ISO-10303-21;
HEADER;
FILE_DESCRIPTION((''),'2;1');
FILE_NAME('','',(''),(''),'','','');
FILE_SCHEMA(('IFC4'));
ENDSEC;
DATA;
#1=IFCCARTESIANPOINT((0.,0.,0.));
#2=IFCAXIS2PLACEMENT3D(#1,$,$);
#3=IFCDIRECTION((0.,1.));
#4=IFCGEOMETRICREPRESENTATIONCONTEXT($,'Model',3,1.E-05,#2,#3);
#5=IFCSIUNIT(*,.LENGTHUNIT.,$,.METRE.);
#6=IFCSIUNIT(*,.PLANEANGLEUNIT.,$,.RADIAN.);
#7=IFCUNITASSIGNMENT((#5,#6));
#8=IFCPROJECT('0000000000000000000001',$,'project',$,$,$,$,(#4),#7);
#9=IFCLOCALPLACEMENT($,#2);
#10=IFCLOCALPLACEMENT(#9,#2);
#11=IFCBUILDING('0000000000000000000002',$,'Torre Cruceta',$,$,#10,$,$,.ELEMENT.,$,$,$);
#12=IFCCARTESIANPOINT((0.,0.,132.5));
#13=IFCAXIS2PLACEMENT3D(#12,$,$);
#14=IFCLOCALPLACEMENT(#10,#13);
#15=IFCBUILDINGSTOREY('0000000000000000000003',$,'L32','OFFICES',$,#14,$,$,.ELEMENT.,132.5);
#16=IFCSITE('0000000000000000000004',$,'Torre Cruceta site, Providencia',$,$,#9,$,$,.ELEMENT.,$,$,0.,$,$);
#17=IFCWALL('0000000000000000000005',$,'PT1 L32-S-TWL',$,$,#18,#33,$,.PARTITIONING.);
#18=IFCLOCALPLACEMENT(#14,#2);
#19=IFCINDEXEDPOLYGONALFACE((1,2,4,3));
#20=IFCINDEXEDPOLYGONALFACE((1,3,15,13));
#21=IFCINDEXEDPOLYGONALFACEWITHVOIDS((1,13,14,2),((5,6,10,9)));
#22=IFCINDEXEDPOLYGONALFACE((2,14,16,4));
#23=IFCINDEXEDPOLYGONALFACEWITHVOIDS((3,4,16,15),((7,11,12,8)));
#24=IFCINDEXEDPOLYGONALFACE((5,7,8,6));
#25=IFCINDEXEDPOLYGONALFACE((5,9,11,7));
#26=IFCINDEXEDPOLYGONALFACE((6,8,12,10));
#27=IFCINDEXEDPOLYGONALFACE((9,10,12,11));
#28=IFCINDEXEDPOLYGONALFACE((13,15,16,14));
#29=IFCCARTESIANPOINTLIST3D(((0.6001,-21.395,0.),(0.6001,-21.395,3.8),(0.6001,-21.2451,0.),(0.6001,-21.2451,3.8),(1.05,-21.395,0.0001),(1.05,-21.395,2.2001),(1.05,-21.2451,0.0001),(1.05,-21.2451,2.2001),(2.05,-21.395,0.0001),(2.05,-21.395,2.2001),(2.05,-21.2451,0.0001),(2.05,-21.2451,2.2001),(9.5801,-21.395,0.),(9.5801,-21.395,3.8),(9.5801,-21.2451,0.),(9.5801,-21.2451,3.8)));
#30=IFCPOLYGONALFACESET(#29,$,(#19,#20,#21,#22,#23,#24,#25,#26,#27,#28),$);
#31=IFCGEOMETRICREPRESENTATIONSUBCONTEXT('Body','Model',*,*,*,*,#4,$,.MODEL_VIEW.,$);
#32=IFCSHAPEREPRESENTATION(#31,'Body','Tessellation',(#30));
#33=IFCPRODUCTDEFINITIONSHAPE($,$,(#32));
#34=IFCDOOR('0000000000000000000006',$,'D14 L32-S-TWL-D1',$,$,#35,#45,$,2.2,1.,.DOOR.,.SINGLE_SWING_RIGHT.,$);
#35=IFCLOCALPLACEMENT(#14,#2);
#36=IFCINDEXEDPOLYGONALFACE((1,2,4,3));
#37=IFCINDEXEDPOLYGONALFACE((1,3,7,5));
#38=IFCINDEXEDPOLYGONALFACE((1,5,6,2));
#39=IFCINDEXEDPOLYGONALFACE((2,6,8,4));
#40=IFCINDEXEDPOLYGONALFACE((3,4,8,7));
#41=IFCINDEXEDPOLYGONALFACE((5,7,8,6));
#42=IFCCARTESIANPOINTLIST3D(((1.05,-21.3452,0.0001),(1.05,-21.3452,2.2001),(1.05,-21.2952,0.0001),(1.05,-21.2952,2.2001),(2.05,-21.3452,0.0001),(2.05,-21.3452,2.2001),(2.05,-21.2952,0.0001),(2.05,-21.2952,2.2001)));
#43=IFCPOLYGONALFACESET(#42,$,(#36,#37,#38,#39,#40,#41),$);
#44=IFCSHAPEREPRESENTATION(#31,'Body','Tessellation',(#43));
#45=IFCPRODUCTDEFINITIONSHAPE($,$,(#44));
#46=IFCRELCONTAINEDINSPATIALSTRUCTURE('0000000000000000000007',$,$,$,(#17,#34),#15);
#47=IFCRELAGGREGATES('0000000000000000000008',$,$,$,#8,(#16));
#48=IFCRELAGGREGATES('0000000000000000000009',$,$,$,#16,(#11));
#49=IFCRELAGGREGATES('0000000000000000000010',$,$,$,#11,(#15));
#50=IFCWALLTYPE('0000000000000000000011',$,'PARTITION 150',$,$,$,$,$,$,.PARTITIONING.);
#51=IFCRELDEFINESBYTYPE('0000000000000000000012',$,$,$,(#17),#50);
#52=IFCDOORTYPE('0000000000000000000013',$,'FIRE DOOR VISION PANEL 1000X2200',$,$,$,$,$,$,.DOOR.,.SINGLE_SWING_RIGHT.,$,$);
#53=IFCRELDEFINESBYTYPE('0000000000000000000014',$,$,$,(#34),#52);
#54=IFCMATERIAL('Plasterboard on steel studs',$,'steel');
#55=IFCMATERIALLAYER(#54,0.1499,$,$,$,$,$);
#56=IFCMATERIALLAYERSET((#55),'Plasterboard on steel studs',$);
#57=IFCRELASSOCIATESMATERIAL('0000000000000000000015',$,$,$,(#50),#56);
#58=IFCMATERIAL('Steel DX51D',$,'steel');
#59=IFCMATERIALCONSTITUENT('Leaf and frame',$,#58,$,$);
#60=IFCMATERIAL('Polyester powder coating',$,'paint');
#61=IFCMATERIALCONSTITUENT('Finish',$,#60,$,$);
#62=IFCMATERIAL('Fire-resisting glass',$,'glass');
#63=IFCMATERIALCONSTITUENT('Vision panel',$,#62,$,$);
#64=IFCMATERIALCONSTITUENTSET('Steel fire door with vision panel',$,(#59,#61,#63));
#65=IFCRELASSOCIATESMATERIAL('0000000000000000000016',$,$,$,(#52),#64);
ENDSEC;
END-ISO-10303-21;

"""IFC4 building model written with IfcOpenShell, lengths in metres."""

from ifc_helpers import new_model, si_unit, direction, frame, frame_2d, origin, place, context, subcontext, project, spatial, rectangle, extrude, material, layer, layer_set, constituent, constituent_set, type_object, element, fill, save


model = new_model("IFC4")

# Units and contexts
model_context = context("Model", 3, precision=1e-05, world=origin(), true_north=direction((0.0, 1.0)))
body_context = subcontext(model_context, "Body", "Model", "MODEL_VIEW")
ifc_project = project(units=[si_unit("LENGTHUNIT", "METRE"), si_unit("PLANEANGLEUNIT", "RADIAN")], contexts=[model_context])

# Site, building, storey
site_placement = place(None, origin())
site = spatial("IfcSite", under=ifc_project, at=site_placement, Name="Torre Cruceta site, Providencia", CompositionType="ELEMENT", RefElevation=0.0)
building_placement = place(site_placement, origin())
building = spatial("IfcBuilding", under=site, at=building_placement, Name="Torre Cruceta", CompositionType="ELEMENT")
storey_placement = place(building_placement, frame((0.0, 0.0, 132.5)))
storey = spatial("IfcBuildingStorey", under=building, at=storey_placement, Name="L32", Description="OFFICES", CompositionType="ELEMENT", Elevation=132.5)

# Wall, opening, door
ifc_material_1 = material(Name="Plasterboard on steel studs", Category="steel")
ifc_layer_1 = layer(ifc_material_1, 0.1499)
ifc_layer_set_1 = layer_set([ifc_layer_1], Name="Plasterboard on steel studs")
wall_type_1 = type_object("IfcWallType", Name="PARTITION 150", PredefinedType="PARTITIONING", material=ifc_layer_set_1)
wall_1_placement = place(storey_placement, frame((0.6001, -21.3201, 0.0), z_axis=(0.0, 0.0, 1.0), x_axis=(1.0, 0.0, 0.0)))
wall_1 = element("IfcWall", 1, at=wall_1_placement, inside=storey, type_object=wall_type_1, Name="PT1 L32-S-TWL", PredefinedType="PARTITIONING", context=body_context, shape_type="SweptSolid", body=[
    extrude(rectangle(XDim=8.98, YDim=0.1499, at=frame_2d((4.49, 0.0))), origin(), (0.0, 0.0, 1.0), 3.8),
])
opening_1_placement = place(wall_1_placement, frame((0.45, 0.0, 0.0)))
opening_1 = element("IfcOpeningElement", 2, at=opening_1_placement, cuts=wall_1, PredefinedType="OPENING", context=body_context, shape_type="SweptSolid", body=[
    extrude(rectangle(XDim=1.0, YDim=2.2, at=frame_2d((0.5, 1.1001))), frame((0.0, 0.085, 0.0), z_axis=(0.0, -1.0, 0.0), x_axis=(1.0, 0.0, 0.0)), (0.0, 0.0, 1.0), 0.1699),
])
ifc_material_2 = material(Name="Steel DX51D", Category="steel")
ifc_constituent_1 = constituent(ifc_material_2, Name="Leaf and frame")
ifc_material_3 = material(Name="Polyester powder coating", Category="paint")
ifc_constituent_2 = constituent(ifc_material_3, Name="Finish")
ifc_material_4 = material(Name="Fire-resisting glass", Category="glass")
ifc_constituent_3 = constituent(ifc_material_4, Name="Vision panel")
ifc_constituent_set_1 = constituent_set(constituents=[ifc_constituent_1, ifc_constituent_2, ifc_constituent_3], Name="Steel fire door with vision panel")
door_type = type_object("IfcDoorType", Name="FIRE DOOR VISION PANEL 1000X2200", OperationType="SINGLE_SWING_RIGHT", PredefinedType="DOOR", material=ifc_constituent_set_1)
door_placement = place(opening_1_placement, frame((1.0, 0.0, 0.0), z_axis=(0.0, 0.0, 1.0), x_axis=(-1.0, 0.0, 0.0)))
door = element("IfcDoor", 3, at=door_placement, inside=storey, type_object=door_type, Name="D14 L32-S-TWL-D1", OperationType="SINGLE_SWING_RIGHT", OverallHeight=2.2, OverallWidth=1.0, PredefinedType="DOOR", context=body_context, shape_type="SweptSolid", body=[
    extrude(rectangle(XDim=1.0, YDim=2.2, at=frame_2d((0.5, 1.1001))), frame((0.0, 0.0251, 0.0), z_axis=(0.0, -1.0, 0.0), x_axis=(1.0, 0.0, 0.0)), (0.0, 0.0, 1.0), 0.05),
])
fill(opening_1, door)

save(model, "model.ifc")
